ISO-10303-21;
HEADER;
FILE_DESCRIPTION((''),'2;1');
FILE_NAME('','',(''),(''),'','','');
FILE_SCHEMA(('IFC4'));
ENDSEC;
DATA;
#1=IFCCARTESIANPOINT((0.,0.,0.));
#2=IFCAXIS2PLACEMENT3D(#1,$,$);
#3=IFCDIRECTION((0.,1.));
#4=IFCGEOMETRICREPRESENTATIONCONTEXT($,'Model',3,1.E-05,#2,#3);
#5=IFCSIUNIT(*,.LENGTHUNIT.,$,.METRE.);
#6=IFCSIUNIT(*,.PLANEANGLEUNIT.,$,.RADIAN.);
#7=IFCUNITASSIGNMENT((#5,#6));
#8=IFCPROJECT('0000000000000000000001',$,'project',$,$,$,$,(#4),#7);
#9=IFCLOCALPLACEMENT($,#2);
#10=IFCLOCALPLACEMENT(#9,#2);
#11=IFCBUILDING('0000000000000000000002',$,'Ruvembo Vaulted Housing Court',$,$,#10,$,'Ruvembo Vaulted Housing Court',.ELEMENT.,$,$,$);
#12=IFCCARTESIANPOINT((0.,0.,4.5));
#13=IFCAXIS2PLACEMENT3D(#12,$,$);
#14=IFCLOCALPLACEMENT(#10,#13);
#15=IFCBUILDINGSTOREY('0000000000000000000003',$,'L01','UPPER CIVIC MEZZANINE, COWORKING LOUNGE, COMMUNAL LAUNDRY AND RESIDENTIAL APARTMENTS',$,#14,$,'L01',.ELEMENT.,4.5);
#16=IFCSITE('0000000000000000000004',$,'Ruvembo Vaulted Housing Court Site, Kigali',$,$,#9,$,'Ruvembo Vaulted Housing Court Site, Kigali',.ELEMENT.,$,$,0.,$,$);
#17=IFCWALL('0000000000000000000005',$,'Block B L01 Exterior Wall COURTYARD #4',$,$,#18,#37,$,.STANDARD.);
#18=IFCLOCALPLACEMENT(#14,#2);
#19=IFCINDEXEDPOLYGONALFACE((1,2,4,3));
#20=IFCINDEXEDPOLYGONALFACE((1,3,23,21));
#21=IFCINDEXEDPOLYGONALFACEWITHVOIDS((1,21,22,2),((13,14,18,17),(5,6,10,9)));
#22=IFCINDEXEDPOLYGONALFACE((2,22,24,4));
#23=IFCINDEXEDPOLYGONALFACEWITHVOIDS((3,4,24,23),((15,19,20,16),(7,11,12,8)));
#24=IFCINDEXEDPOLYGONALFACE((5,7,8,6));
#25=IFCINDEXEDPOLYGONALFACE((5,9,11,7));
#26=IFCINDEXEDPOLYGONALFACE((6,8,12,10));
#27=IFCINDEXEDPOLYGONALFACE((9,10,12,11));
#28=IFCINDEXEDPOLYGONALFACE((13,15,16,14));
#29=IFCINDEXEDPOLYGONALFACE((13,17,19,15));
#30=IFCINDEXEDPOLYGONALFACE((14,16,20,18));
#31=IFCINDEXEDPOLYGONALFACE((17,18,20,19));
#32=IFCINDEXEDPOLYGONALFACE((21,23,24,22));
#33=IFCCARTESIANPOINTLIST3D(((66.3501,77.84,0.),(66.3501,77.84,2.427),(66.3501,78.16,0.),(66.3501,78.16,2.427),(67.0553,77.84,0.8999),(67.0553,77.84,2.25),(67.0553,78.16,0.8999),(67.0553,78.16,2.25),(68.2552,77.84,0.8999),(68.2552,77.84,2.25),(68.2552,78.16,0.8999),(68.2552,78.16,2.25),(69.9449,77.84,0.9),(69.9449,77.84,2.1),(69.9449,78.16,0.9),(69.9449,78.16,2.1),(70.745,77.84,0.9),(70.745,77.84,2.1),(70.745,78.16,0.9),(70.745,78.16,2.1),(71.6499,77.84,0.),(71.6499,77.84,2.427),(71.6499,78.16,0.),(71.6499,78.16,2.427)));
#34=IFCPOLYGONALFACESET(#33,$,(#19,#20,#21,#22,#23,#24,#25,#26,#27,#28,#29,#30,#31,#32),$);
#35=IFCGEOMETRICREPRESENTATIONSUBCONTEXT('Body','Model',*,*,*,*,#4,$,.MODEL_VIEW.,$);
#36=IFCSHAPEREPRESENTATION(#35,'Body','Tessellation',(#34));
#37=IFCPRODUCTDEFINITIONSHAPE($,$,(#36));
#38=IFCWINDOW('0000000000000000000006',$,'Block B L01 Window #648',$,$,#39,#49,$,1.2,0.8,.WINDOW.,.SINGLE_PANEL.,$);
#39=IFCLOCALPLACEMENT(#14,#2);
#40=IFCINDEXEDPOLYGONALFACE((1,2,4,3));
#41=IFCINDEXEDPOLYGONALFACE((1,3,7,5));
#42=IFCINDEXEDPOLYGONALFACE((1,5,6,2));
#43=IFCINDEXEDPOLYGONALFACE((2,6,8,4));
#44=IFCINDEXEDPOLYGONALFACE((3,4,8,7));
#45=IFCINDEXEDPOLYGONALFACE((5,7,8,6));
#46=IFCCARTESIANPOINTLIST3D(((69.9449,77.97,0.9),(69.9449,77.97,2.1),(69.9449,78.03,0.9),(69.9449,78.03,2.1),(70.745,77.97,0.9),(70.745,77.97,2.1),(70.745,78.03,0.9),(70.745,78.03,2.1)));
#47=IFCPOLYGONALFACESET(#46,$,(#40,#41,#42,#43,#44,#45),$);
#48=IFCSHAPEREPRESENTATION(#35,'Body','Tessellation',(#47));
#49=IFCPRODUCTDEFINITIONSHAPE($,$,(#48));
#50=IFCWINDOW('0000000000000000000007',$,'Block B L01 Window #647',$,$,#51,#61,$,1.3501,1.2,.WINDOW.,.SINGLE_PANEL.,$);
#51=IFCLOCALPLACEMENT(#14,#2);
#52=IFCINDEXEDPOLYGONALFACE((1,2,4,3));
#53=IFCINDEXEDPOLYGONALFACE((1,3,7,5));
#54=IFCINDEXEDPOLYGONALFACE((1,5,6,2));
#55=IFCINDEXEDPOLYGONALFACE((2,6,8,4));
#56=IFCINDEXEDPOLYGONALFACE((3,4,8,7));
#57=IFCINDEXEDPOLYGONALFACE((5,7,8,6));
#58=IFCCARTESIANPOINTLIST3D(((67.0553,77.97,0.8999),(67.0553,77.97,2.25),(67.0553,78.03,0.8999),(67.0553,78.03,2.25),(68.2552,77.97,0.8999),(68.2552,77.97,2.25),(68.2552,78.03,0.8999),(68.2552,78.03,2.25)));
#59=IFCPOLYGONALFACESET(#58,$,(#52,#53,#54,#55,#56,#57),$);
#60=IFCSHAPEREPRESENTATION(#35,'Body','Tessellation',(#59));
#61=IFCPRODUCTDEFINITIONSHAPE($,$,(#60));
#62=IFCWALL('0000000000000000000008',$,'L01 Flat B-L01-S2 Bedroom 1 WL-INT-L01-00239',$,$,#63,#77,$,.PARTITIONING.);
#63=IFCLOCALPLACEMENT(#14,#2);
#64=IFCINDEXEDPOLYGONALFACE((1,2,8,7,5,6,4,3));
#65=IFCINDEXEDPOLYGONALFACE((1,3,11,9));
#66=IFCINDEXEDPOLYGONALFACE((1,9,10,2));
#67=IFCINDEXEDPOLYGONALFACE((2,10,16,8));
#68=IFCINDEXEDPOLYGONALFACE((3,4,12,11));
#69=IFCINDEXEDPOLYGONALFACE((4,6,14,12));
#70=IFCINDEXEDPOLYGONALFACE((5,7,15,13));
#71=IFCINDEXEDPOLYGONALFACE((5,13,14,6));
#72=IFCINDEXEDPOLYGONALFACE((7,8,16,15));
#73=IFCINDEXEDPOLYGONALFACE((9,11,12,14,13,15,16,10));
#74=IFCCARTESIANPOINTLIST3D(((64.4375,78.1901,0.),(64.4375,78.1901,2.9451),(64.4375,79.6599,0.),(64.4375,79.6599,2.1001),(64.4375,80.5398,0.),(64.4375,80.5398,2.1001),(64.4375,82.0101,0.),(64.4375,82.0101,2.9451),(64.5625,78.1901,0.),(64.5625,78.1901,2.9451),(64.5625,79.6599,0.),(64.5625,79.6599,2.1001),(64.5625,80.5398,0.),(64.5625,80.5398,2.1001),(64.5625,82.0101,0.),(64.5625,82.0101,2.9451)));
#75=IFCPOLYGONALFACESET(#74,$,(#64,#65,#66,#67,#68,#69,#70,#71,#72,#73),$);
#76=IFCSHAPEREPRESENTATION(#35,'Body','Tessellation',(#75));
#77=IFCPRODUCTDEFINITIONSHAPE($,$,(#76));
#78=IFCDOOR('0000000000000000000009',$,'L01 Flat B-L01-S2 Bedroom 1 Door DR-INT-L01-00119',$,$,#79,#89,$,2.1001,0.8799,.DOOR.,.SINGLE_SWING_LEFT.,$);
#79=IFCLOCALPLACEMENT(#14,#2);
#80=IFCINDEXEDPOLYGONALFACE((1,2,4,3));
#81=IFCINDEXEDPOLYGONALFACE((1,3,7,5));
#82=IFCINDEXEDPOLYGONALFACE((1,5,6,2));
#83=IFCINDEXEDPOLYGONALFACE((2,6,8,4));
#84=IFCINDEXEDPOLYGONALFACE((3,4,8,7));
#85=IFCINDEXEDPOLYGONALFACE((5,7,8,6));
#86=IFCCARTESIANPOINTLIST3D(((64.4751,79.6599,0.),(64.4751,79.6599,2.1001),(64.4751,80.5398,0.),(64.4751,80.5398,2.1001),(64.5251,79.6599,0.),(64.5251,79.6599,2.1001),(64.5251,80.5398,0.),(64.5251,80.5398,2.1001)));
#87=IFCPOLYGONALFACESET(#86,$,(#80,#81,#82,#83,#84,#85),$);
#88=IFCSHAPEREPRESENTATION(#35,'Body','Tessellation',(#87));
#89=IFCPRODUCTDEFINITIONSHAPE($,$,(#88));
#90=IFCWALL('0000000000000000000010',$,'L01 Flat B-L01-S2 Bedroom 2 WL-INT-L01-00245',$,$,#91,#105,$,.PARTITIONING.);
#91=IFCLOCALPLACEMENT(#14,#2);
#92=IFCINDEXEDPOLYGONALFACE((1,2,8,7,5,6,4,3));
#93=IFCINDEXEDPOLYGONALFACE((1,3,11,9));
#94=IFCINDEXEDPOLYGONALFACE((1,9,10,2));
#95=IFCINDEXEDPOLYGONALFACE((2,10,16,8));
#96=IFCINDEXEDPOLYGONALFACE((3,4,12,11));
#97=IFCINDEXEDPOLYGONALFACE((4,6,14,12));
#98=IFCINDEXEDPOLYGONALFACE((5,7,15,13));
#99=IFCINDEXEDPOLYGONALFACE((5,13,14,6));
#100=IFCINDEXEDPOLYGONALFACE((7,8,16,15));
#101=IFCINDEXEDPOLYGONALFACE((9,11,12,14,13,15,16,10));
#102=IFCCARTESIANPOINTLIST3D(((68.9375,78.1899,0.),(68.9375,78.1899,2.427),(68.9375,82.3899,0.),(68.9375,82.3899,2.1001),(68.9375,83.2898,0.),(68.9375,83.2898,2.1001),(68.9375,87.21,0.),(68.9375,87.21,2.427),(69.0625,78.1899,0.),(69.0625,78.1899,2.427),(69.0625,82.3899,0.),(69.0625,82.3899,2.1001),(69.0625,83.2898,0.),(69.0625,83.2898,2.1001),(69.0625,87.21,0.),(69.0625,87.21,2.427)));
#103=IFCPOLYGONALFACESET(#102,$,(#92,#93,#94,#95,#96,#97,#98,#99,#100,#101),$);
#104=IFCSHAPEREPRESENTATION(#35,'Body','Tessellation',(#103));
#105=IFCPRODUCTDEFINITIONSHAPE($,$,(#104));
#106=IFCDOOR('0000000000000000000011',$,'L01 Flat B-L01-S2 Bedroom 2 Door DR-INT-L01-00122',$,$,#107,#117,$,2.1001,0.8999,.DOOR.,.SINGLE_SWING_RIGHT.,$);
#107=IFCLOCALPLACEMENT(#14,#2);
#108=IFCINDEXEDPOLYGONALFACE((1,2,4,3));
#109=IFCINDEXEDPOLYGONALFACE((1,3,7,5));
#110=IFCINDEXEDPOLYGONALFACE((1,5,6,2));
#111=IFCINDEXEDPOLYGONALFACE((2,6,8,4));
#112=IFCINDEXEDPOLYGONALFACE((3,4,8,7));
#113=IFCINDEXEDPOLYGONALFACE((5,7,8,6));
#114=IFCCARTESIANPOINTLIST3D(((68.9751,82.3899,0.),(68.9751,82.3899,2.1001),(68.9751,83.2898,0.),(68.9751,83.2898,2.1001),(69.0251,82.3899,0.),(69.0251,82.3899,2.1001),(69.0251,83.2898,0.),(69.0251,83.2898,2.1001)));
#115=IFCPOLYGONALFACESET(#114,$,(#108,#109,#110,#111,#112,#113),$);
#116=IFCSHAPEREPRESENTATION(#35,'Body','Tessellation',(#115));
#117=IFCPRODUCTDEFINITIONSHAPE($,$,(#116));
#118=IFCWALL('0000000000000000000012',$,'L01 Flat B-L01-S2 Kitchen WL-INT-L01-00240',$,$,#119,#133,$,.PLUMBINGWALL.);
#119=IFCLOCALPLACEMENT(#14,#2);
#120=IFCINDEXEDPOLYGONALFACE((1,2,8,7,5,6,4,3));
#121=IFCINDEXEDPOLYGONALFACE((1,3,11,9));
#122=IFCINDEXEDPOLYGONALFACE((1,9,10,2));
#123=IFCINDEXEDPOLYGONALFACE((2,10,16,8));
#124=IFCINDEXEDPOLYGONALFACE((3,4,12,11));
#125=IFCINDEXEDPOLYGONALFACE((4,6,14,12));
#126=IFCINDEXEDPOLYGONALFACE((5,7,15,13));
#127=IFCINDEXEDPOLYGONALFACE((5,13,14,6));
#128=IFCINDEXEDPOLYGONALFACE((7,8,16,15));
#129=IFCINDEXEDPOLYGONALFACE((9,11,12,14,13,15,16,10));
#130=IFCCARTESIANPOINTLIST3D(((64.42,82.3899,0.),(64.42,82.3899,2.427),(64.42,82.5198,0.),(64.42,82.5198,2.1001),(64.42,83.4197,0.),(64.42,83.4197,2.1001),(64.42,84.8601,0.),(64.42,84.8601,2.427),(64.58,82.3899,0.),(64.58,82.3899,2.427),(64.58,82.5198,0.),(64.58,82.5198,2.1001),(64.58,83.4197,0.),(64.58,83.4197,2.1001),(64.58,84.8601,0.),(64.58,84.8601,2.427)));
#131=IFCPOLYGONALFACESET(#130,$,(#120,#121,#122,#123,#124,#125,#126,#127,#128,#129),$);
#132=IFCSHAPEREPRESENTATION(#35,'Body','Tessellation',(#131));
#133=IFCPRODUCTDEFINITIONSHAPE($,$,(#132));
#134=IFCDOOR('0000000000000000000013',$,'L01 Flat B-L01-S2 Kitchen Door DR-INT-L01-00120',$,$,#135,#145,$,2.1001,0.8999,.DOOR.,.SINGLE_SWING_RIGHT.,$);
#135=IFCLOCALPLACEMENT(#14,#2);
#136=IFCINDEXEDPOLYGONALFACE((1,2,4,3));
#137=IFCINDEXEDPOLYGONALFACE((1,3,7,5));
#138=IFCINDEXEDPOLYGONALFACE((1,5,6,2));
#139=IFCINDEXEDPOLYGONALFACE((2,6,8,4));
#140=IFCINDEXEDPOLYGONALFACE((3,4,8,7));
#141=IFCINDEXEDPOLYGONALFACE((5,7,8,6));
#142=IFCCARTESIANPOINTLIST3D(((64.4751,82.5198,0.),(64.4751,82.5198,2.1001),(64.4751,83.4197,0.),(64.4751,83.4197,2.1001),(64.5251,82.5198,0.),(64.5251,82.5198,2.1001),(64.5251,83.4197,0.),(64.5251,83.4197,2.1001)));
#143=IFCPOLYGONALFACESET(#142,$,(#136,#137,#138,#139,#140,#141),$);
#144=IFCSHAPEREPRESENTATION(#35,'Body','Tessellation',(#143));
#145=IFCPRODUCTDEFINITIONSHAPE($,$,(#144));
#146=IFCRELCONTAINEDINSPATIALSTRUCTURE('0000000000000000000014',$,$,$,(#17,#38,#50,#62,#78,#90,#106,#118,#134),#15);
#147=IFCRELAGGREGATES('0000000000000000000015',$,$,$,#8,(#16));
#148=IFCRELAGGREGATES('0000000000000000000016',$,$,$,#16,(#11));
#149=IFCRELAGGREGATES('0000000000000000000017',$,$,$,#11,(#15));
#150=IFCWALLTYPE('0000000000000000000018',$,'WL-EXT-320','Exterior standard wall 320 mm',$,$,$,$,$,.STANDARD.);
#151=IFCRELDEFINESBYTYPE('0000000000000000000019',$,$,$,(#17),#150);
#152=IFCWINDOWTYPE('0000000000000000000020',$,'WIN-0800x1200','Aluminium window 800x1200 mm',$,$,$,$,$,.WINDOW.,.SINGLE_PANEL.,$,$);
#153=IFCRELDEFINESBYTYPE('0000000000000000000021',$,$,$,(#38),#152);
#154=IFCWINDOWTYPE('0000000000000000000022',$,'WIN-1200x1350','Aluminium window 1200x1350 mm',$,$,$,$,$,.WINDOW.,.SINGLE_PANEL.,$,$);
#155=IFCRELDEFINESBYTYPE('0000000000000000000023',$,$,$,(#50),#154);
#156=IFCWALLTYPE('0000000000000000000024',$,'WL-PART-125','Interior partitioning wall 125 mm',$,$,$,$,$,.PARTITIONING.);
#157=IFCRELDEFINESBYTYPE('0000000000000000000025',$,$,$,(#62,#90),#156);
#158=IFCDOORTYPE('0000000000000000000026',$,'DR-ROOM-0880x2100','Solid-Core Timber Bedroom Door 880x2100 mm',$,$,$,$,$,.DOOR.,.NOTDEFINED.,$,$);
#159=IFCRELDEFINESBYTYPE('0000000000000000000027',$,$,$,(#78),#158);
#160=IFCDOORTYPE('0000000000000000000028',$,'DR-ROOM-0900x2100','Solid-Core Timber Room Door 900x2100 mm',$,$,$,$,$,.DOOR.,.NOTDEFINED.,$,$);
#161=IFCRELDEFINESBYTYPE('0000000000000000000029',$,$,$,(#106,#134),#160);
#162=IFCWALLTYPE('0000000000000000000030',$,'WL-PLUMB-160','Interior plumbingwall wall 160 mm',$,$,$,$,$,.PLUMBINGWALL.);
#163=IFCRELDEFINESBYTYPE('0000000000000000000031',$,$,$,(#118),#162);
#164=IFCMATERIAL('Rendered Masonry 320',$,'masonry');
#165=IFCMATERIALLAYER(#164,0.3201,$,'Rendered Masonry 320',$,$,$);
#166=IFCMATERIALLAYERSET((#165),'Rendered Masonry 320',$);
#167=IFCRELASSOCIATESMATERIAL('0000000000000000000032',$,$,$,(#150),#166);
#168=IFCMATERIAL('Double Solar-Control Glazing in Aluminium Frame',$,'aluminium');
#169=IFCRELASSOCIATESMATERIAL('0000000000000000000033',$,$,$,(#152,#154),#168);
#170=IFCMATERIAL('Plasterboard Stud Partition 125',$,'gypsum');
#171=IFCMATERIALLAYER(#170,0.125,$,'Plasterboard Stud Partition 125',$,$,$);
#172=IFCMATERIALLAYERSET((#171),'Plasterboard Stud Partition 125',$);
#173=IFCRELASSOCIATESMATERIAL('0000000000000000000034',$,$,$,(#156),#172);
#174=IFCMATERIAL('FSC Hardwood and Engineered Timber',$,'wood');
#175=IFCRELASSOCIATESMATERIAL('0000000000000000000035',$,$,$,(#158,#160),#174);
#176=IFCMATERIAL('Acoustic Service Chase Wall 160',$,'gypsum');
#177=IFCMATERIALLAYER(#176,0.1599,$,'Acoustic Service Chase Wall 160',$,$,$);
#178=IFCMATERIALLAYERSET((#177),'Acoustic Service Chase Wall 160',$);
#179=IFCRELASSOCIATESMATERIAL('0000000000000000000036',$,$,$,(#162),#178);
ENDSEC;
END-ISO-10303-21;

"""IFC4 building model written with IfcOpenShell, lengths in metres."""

from ifc_helpers import new_model, si_unit, direction, frame, frame_2d, origin, place, context, subcontext, project, spatial, rectangle, extrude, material, layer, layer_set, type_object, element, fill, save


model = new_model("IFC4")

# Units and contexts
model_context = context("Model", 3, precision=1e-05, world=origin(), true_north=direction((0.0, 1.0)))
body_context = subcontext(model_context, "Body", "Model", "MODEL_VIEW")
ifc_project = project(units=[si_unit("LENGTHUNIT", "METRE"), si_unit("PLANEANGLEUNIT", "RADIAN")], contexts=[model_context])

# Site, building, storey
site_placement = place(None, origin())
site = spatial("IfcSite", under=ifc_project, at=site_placement, Name="Ruvembo Vaulted Housing Court Site, Kigali", LongName="Ruvembo Vaulted Housing Court Site, Kigali", CompositionType="ELEMENT", RefElevation=0.0)
building_placement = place(site_placement, origin())
building = spatial("IfcBuilding", under=site, at=building_placement, Name="Ruvembo Vaulted Housing Court", LongName="Ruvembo Vaulted Housing Court", CompositionType="ELEMENT")
storey_placement = place(building_placement, frame((0.0, 0.0, 4.5)))
storey = spatial("IfcBuildingStorey", under=building, at=storey_placement, Name="L01", Description="UPPER CIVIC MEZZANINE, COWORKING LOUNGE, COMMUNAL LAUNDRY AND RESIDENTIAL APARTMENTS", LongName="L01", CompositionType="ELEMENT", Elevation=4.5)

# Wall, openings, windows
ifc_material_1 = material(Name="Rendered Masonry 320", Category="masonry")
ifc_layer_1 = layer(ifc_material_1, 0.3201, Name="Rendered Masonry 320")
ifc_layer_set_1 = layer_set([ifc_layer_1], Name="Rendered Masonry 320")
wall_type_1 = type_object("IfcWallType", Name="WL-EXT-320", Description="Exterior standard wall 320 mm", PredefinedType="STANDARD", material=ifc_layer_set_1)
ifc_material_2 = material(Name="Double Solar-Control Glazing in Aluminium Frame", Category="aluminium")
wall_1_placement = place(storey_placement, frame((66.3501, 78.0, 0.0), z_axis=(0.0, 0.0, 1.0), x_axis=(1.0, 0.0, 0.0)))
wall_1 = element("IfcWall", 1, at=wall_1_placement, inside=storey, type_object=wall_type_1, Name="Block B L01 Exterior Wall COURTYARD #4", PredefinedType="STANDARD", context=body_context, shape_type="SweptSolid", body=[
    extrude(rectangle(XDim=5.2998, YDim=0.3201, at=frame_2d((2.6499, 0.0))), origin(), (0.0, 0.0, 1.0), 2.427),
])
opening_1_placement = place(wall_1_placement, frame((0.7051, 0.0, 0.8999)))
opening_1 = element("IfcOpeningElement", 2, at=opening_1_placement, cuts=wall_1, PredefinedType="OPENING", context=body_context, shape_type="SweptSolid", body=[
    extrude(rectangle(XDim=1.2, YDim=1.3501, at=frame_2d((0.6001, 0.675))), frame((0.0, 0.1699, 0.0), z_axis=(0.0, -1.0, 0.0), x_axis=(1.0, 0.0, 0.0)), (0.0, 0.0, 1.0), 0.3401),
])
opening_2_placement = place(wall_1_placement, frame((3.595, 0.0, 0.8999)))
opening_2 = element("IfcOpeningElement", 3, at=opening_2_placement, cuts=wall_1, PredefinedType="OPENING", context=body_context, shape_type="SweptSolid", body=[
    extrude(rectangle(XDim=0.8, YDim=1.2, at=frame_2d((0.3999, 0.6001))), frame((0.0, 0.1699, 0.0), z_axis=(0.0, -1.0, 0.0), x_axis=(1.0, 0.0, 0.0)), (0.0, 0.0, 1.0), 0.3401),
])
window_type_1 = type_object("IfcWindowType", Name="WIN-0800x1200", Description="Aluminium window 800x1200 mm", PartitioningType="SINGLE_PANEL", PredefinedType="WINDOW", material=ifc_material_2)
window_1_placement = place(opening_2_placement, origin())
window_1 = element("IfcWindow", 4, at=window_1_placement, inside=storey, type_object=window_type_1, Name="Block B L01 Window #648", OverallHeight=1.2, OverallWidth=0.8, PartitioningType="SINGLE_PANEL", PredefinedType="WINDOW", context=body_context, shape_type="SweptSolid", body=[
    extrude(rectangle(XDim=0.8, YDim=1.2, at=frame_2d((0.3999, 0.6001))), frame((0.0, 0.03, 0.0), z_axis=(0.0, -1.0, 0.0), x_axis=(1.0, 0.0, 0.0)), (0.0, 0.0, 1.0), 0.0601),
])
fill(opening_2, window_1)
window_type_2 = type_object("IfcWindowType", Name="WIN-1200x1350", Description="Aluminium window 1200x1350 mm", PartitioningType="SINGLE_PANEL", PredefinedType="WINDOW", material=ifc_material_2)
window_2_placement = place(opening_1_placement, origin())
window_2 = element("IfcWindow", 5, at=window_2_placement, inside=storey, type_object=window_type_2, Name="Block B L01 Window #647", OverallHeight=1.3501, OverallWidth=1.2, PartitioningType="SINGLE_PANEL", PredefinedType="WINDOW", context=body_context, shape_type="SweptSolid", body=[
    extrude(rectangle(XDim=1.2, YDim=1.3501, at=frame_2d((0.6001, 0.675))), frame((0.0, 0.03, 0.0), z_axis=(0.0, -1.0, 0.0), x_axis=(1.0, 0.0, 0.0)), (0.0, 0.0, 1.0), 0.0601),
])
fill(opening_1, window_2)

# Walls, openings, doors
ifc_material_3 = material(Name="Plasterboard Stud Partition 125", Category="gypsum")
ifc_layer_2 = layer(ifc_material_3, 0.125, Name="Plasterboard Stud Partition 125")
ifc_layer_set_2 = layer_set([ifc_layer_2], Name="Plasterboard Stud Partition 125")
wall_type_2 = type_object("IfcWallType", Name="WL-PART-125", Description="Interior partitioning wall 125 mm", PredefinedType="PARTITIONING", material=ifc_layer_set_2)
wall_2_placement = place(storey_placement, frame((64.5, 78.1899, 0.0), z_axis=(0.0, 0.0, 1.0), x_axis=(0.0, 1.0, 0.0)))
wall_2 = element("IfcWall", 6, at=wall_2_placement, inside=storey, type_object=wall_type_2, Name="L01 Flat B-L01-S2 Bedroom 1 WL-INT-L01-00239", PredefinedType="PARTITIONING", context=body_context, shape_type="SweptSolid", body=[
    extrude(rectangle(XDim=3.8201, YDim=0.125, at=frame_2d((1.9102, 0.0))), origin(), (0.0, 0.0, 1.0), 2.9451),
])
opening_3_placement = place(wall_2_placement, frame((1.47, 0.0, 0.0)))
opening_3 = element("IfcOpeningElement", 7, at=opening_3_placement, cuts=wall_2, PredefinedType="OPENING", context=body_context, shape_type="SweptSolid", body=[
    extrude(rectangle(XDim=0.8799, YDim=2.1001, at=frame_2d((0.4399, 1.05))), frame((0.0, 0.0725, 0.0), z_axis=(0.0, -1.0, 0.0), x_axis=(1.0, 0.0, 0.0)), (0.0, 0.0, 1.0), 0.145),
])
ifc_material_4 = material(Name="FSC Hardwood and Engineered Timber", Category="wood")
door_type_1 = type_object("IfcDoorType", Name="DR-ROOM-0880x2100", Description="Solid-Core Timber Bedroom Door 880x2100 mm", OperationType="NOTDEFINED", PredefinedType="DOOR", material=ifc_material_4)
door_1_placement = place(opening_3_placement, origin())
door_1 = element("IfcDoor", 8, at=door_1_placement, inside=storey, type_object=door_type_1, Name="L01 Flat B-L01-S2 Bedroom 1 Door DR-INT-L01-00119", OperationType="SINGLE_SWING_LEFT", OverallHeight=2.1001, OverallWidth=0.8799, PredefinedType="DOOR", context=body_context, shape_type="SweptSolid", body=[
    extrude(rectangle(XDim=0.8799, YDim=2.1001, at=frame_2d((0.4399, 1.05))), frame((0.0, 0.0249, 0.0), z_axis=(0.0, -1.0, 0.0), x_axis=(1.0, 0.0, 0.0)), (0.0, 0.0, 1.0), 0.05),
])
fill(opening_3, door_1)
wall_3_placement = place(storey_placement, frame((69.0, 78.1899, 0.0), z_axis=(0.0, 0.0, 1.0), x_axis=(0.0, 1.0, 0.0)))
wall_3 = element("IfcWall", 9, at=wall_3_placement, inside=storey, type_object=wall_type_2, Name="L01 Flat B-L01-S2 Bedroom 2 WL-INT-L01-00245", PredefinedType="PARTITIONING", context=body_context, shape_type="SweptSolid", body=[
    extrude(rectangle(XDim=9.02, YDim=0.125, at=frame_2d((4.51, 0.0))), origin(), (0.0, 0.0, 1.0), 2.427),
])
opening_4_placement = place(wall_3_placement, frame((4.2, 0.0, 0.0)))
opening_4 = element("IfcOpeningElement", 10, at=opening_4_placement, cuts=wall_3, PredefinedType="OPENING", context=body_context, shape_type="SweptSolid", body=[
    extrude(rectangle(XDim=0.8999, YDim=2.1001, at=frame_2d((0.45, 1.05))), frame((0.0, 0.0725, 0.0), z_axis=(0.0, -1.0, 0.0), x_axis=(1.0, 0.0, 0.0)), (0.0, 0.0, 1.0), 0.145),
])
door_type_2 = type_object("IfcDoorType", Name="DR-ROOM-0900x2100", Description="Solid-Core Timber Room Door 900x2100 mm", OperationType="NOTDEFINED", PredefinedType="DOOR", material=ifc_material_4)
door_2_placement = place(opening_4_placement, origin())
door_2 = element("IfcDoor", 11, at=door_2_placement, inside=storey, type_object=door_type_2, Name="L01 Flat B-L01-S2 Bedroom 2 Door DR-INT-L01-00122", OperationType="SINGLE_SWING_RIGHT", OverallHeight=2.1001, OverallWidth=0.8999, PredefinedType="DOOR", context=body_context, shape_type="SweptSolid", body=[
    extrude(rectangle(XDim=0.8999, YDim=2.1001, at=frame_2d((0.45, 1.05))), frame((0.0, 0.0249, 0.0), z_axis=(0.0, -1.0, 0.0), x_axis=(1.0, 0.0, 0.0)), (0.0, 0.0, 1.0), 0.05),
])
fill(opening_4, door_2)
ifc_material_5 = material(Name="Acoustic Service Chase Wall 160", Category="gypsum")
ifc_layer_3 = layer(ifc_material_5, 0.1599, Name="Acoustic Service Chase Wall 160")
ifc_layer_set_3 = layer_set([ifc_layer_3], Name="Acoustic Service Chase Wall 160")
wall_type_3 = type_object("IfcWallType", Name="WL-PLUMB-160", Description="Interior plumbingwall wall 160 mm", PredefinedType="PLUMBINGWALL", material=ifc_layer_set_3)
wall_4_placement = place(storey_placement, frame((64.5, 82.3899, 0.0), z_axis=(0.0, 0.0, 1.0), x_axis=(0.0, 1.0, 0.0)))
wall_4 = element("IfcWall", 12, at=wall_4_placement, inside=storey, type_object=wall_type_3, Name="L01 Flat B-L01-S2 Kitchen WL-INT-L01-00240", PredefinedType="PLUMBINGWALL", context=body_context, shape_type="SweptSolid", body=[
    extrude(rectangle(XDim=2.4702, YDim=0.1599, at=frame_2d((1.2351, 0.0))), origin(), (0.0, 0.0, 1.0), 2.427),
])
opening_5_placement = place(wall_4_placement, frame((0.1299, 0.0, 0.0)))
opening_5 = element("IfcOpeningElement", 13, at=opening_5_placement, cuts=wall_4, PredefinedType="OPENING", context=body_context, shape_type="SweptSolid", body=[
    extrude(rectangle(XDim=0.8999, YDim=2.1001, at=frame_2d((0.45, 1.05))), frame((0.0, 0.0898, 0.0), z_axis=(0.0, -1.0, 0.0), x_axis=(1.0, 0.0, 0.0)), (0.0, 0.0, 1.0), 0.1799),
])
door_3_placement = place(opening_5_placement, origin())
door_3 = element("IfcDoor", 14, at=door_3_placement, inside=storey, type_object=door_type_2, Name="L01 Flat B-L01-S2 Kitchen Door DR-INT-L01-00120", OperationType="SINGLE_SWING_RIGHT", OverallHeight=2.1001, OverallWidth=0.8999, PredefinedType="DOOR", context=body_context, shape_type="SweptSolid", body=[
    extrude(rectangle(XDim=0.8999, YDim=2.1001, at=frame_2d((0.45, 1.05))), frame((0.0, 0.0249, 0.0), z_axis=(0.0, -1.0, 0.0), x_axis=(1.0, 0.0, 0.0)), (0.0, 0.0, 1.0), 0.05),
])
fill(opening_5, door_3)

save(model, "model.ifc")
